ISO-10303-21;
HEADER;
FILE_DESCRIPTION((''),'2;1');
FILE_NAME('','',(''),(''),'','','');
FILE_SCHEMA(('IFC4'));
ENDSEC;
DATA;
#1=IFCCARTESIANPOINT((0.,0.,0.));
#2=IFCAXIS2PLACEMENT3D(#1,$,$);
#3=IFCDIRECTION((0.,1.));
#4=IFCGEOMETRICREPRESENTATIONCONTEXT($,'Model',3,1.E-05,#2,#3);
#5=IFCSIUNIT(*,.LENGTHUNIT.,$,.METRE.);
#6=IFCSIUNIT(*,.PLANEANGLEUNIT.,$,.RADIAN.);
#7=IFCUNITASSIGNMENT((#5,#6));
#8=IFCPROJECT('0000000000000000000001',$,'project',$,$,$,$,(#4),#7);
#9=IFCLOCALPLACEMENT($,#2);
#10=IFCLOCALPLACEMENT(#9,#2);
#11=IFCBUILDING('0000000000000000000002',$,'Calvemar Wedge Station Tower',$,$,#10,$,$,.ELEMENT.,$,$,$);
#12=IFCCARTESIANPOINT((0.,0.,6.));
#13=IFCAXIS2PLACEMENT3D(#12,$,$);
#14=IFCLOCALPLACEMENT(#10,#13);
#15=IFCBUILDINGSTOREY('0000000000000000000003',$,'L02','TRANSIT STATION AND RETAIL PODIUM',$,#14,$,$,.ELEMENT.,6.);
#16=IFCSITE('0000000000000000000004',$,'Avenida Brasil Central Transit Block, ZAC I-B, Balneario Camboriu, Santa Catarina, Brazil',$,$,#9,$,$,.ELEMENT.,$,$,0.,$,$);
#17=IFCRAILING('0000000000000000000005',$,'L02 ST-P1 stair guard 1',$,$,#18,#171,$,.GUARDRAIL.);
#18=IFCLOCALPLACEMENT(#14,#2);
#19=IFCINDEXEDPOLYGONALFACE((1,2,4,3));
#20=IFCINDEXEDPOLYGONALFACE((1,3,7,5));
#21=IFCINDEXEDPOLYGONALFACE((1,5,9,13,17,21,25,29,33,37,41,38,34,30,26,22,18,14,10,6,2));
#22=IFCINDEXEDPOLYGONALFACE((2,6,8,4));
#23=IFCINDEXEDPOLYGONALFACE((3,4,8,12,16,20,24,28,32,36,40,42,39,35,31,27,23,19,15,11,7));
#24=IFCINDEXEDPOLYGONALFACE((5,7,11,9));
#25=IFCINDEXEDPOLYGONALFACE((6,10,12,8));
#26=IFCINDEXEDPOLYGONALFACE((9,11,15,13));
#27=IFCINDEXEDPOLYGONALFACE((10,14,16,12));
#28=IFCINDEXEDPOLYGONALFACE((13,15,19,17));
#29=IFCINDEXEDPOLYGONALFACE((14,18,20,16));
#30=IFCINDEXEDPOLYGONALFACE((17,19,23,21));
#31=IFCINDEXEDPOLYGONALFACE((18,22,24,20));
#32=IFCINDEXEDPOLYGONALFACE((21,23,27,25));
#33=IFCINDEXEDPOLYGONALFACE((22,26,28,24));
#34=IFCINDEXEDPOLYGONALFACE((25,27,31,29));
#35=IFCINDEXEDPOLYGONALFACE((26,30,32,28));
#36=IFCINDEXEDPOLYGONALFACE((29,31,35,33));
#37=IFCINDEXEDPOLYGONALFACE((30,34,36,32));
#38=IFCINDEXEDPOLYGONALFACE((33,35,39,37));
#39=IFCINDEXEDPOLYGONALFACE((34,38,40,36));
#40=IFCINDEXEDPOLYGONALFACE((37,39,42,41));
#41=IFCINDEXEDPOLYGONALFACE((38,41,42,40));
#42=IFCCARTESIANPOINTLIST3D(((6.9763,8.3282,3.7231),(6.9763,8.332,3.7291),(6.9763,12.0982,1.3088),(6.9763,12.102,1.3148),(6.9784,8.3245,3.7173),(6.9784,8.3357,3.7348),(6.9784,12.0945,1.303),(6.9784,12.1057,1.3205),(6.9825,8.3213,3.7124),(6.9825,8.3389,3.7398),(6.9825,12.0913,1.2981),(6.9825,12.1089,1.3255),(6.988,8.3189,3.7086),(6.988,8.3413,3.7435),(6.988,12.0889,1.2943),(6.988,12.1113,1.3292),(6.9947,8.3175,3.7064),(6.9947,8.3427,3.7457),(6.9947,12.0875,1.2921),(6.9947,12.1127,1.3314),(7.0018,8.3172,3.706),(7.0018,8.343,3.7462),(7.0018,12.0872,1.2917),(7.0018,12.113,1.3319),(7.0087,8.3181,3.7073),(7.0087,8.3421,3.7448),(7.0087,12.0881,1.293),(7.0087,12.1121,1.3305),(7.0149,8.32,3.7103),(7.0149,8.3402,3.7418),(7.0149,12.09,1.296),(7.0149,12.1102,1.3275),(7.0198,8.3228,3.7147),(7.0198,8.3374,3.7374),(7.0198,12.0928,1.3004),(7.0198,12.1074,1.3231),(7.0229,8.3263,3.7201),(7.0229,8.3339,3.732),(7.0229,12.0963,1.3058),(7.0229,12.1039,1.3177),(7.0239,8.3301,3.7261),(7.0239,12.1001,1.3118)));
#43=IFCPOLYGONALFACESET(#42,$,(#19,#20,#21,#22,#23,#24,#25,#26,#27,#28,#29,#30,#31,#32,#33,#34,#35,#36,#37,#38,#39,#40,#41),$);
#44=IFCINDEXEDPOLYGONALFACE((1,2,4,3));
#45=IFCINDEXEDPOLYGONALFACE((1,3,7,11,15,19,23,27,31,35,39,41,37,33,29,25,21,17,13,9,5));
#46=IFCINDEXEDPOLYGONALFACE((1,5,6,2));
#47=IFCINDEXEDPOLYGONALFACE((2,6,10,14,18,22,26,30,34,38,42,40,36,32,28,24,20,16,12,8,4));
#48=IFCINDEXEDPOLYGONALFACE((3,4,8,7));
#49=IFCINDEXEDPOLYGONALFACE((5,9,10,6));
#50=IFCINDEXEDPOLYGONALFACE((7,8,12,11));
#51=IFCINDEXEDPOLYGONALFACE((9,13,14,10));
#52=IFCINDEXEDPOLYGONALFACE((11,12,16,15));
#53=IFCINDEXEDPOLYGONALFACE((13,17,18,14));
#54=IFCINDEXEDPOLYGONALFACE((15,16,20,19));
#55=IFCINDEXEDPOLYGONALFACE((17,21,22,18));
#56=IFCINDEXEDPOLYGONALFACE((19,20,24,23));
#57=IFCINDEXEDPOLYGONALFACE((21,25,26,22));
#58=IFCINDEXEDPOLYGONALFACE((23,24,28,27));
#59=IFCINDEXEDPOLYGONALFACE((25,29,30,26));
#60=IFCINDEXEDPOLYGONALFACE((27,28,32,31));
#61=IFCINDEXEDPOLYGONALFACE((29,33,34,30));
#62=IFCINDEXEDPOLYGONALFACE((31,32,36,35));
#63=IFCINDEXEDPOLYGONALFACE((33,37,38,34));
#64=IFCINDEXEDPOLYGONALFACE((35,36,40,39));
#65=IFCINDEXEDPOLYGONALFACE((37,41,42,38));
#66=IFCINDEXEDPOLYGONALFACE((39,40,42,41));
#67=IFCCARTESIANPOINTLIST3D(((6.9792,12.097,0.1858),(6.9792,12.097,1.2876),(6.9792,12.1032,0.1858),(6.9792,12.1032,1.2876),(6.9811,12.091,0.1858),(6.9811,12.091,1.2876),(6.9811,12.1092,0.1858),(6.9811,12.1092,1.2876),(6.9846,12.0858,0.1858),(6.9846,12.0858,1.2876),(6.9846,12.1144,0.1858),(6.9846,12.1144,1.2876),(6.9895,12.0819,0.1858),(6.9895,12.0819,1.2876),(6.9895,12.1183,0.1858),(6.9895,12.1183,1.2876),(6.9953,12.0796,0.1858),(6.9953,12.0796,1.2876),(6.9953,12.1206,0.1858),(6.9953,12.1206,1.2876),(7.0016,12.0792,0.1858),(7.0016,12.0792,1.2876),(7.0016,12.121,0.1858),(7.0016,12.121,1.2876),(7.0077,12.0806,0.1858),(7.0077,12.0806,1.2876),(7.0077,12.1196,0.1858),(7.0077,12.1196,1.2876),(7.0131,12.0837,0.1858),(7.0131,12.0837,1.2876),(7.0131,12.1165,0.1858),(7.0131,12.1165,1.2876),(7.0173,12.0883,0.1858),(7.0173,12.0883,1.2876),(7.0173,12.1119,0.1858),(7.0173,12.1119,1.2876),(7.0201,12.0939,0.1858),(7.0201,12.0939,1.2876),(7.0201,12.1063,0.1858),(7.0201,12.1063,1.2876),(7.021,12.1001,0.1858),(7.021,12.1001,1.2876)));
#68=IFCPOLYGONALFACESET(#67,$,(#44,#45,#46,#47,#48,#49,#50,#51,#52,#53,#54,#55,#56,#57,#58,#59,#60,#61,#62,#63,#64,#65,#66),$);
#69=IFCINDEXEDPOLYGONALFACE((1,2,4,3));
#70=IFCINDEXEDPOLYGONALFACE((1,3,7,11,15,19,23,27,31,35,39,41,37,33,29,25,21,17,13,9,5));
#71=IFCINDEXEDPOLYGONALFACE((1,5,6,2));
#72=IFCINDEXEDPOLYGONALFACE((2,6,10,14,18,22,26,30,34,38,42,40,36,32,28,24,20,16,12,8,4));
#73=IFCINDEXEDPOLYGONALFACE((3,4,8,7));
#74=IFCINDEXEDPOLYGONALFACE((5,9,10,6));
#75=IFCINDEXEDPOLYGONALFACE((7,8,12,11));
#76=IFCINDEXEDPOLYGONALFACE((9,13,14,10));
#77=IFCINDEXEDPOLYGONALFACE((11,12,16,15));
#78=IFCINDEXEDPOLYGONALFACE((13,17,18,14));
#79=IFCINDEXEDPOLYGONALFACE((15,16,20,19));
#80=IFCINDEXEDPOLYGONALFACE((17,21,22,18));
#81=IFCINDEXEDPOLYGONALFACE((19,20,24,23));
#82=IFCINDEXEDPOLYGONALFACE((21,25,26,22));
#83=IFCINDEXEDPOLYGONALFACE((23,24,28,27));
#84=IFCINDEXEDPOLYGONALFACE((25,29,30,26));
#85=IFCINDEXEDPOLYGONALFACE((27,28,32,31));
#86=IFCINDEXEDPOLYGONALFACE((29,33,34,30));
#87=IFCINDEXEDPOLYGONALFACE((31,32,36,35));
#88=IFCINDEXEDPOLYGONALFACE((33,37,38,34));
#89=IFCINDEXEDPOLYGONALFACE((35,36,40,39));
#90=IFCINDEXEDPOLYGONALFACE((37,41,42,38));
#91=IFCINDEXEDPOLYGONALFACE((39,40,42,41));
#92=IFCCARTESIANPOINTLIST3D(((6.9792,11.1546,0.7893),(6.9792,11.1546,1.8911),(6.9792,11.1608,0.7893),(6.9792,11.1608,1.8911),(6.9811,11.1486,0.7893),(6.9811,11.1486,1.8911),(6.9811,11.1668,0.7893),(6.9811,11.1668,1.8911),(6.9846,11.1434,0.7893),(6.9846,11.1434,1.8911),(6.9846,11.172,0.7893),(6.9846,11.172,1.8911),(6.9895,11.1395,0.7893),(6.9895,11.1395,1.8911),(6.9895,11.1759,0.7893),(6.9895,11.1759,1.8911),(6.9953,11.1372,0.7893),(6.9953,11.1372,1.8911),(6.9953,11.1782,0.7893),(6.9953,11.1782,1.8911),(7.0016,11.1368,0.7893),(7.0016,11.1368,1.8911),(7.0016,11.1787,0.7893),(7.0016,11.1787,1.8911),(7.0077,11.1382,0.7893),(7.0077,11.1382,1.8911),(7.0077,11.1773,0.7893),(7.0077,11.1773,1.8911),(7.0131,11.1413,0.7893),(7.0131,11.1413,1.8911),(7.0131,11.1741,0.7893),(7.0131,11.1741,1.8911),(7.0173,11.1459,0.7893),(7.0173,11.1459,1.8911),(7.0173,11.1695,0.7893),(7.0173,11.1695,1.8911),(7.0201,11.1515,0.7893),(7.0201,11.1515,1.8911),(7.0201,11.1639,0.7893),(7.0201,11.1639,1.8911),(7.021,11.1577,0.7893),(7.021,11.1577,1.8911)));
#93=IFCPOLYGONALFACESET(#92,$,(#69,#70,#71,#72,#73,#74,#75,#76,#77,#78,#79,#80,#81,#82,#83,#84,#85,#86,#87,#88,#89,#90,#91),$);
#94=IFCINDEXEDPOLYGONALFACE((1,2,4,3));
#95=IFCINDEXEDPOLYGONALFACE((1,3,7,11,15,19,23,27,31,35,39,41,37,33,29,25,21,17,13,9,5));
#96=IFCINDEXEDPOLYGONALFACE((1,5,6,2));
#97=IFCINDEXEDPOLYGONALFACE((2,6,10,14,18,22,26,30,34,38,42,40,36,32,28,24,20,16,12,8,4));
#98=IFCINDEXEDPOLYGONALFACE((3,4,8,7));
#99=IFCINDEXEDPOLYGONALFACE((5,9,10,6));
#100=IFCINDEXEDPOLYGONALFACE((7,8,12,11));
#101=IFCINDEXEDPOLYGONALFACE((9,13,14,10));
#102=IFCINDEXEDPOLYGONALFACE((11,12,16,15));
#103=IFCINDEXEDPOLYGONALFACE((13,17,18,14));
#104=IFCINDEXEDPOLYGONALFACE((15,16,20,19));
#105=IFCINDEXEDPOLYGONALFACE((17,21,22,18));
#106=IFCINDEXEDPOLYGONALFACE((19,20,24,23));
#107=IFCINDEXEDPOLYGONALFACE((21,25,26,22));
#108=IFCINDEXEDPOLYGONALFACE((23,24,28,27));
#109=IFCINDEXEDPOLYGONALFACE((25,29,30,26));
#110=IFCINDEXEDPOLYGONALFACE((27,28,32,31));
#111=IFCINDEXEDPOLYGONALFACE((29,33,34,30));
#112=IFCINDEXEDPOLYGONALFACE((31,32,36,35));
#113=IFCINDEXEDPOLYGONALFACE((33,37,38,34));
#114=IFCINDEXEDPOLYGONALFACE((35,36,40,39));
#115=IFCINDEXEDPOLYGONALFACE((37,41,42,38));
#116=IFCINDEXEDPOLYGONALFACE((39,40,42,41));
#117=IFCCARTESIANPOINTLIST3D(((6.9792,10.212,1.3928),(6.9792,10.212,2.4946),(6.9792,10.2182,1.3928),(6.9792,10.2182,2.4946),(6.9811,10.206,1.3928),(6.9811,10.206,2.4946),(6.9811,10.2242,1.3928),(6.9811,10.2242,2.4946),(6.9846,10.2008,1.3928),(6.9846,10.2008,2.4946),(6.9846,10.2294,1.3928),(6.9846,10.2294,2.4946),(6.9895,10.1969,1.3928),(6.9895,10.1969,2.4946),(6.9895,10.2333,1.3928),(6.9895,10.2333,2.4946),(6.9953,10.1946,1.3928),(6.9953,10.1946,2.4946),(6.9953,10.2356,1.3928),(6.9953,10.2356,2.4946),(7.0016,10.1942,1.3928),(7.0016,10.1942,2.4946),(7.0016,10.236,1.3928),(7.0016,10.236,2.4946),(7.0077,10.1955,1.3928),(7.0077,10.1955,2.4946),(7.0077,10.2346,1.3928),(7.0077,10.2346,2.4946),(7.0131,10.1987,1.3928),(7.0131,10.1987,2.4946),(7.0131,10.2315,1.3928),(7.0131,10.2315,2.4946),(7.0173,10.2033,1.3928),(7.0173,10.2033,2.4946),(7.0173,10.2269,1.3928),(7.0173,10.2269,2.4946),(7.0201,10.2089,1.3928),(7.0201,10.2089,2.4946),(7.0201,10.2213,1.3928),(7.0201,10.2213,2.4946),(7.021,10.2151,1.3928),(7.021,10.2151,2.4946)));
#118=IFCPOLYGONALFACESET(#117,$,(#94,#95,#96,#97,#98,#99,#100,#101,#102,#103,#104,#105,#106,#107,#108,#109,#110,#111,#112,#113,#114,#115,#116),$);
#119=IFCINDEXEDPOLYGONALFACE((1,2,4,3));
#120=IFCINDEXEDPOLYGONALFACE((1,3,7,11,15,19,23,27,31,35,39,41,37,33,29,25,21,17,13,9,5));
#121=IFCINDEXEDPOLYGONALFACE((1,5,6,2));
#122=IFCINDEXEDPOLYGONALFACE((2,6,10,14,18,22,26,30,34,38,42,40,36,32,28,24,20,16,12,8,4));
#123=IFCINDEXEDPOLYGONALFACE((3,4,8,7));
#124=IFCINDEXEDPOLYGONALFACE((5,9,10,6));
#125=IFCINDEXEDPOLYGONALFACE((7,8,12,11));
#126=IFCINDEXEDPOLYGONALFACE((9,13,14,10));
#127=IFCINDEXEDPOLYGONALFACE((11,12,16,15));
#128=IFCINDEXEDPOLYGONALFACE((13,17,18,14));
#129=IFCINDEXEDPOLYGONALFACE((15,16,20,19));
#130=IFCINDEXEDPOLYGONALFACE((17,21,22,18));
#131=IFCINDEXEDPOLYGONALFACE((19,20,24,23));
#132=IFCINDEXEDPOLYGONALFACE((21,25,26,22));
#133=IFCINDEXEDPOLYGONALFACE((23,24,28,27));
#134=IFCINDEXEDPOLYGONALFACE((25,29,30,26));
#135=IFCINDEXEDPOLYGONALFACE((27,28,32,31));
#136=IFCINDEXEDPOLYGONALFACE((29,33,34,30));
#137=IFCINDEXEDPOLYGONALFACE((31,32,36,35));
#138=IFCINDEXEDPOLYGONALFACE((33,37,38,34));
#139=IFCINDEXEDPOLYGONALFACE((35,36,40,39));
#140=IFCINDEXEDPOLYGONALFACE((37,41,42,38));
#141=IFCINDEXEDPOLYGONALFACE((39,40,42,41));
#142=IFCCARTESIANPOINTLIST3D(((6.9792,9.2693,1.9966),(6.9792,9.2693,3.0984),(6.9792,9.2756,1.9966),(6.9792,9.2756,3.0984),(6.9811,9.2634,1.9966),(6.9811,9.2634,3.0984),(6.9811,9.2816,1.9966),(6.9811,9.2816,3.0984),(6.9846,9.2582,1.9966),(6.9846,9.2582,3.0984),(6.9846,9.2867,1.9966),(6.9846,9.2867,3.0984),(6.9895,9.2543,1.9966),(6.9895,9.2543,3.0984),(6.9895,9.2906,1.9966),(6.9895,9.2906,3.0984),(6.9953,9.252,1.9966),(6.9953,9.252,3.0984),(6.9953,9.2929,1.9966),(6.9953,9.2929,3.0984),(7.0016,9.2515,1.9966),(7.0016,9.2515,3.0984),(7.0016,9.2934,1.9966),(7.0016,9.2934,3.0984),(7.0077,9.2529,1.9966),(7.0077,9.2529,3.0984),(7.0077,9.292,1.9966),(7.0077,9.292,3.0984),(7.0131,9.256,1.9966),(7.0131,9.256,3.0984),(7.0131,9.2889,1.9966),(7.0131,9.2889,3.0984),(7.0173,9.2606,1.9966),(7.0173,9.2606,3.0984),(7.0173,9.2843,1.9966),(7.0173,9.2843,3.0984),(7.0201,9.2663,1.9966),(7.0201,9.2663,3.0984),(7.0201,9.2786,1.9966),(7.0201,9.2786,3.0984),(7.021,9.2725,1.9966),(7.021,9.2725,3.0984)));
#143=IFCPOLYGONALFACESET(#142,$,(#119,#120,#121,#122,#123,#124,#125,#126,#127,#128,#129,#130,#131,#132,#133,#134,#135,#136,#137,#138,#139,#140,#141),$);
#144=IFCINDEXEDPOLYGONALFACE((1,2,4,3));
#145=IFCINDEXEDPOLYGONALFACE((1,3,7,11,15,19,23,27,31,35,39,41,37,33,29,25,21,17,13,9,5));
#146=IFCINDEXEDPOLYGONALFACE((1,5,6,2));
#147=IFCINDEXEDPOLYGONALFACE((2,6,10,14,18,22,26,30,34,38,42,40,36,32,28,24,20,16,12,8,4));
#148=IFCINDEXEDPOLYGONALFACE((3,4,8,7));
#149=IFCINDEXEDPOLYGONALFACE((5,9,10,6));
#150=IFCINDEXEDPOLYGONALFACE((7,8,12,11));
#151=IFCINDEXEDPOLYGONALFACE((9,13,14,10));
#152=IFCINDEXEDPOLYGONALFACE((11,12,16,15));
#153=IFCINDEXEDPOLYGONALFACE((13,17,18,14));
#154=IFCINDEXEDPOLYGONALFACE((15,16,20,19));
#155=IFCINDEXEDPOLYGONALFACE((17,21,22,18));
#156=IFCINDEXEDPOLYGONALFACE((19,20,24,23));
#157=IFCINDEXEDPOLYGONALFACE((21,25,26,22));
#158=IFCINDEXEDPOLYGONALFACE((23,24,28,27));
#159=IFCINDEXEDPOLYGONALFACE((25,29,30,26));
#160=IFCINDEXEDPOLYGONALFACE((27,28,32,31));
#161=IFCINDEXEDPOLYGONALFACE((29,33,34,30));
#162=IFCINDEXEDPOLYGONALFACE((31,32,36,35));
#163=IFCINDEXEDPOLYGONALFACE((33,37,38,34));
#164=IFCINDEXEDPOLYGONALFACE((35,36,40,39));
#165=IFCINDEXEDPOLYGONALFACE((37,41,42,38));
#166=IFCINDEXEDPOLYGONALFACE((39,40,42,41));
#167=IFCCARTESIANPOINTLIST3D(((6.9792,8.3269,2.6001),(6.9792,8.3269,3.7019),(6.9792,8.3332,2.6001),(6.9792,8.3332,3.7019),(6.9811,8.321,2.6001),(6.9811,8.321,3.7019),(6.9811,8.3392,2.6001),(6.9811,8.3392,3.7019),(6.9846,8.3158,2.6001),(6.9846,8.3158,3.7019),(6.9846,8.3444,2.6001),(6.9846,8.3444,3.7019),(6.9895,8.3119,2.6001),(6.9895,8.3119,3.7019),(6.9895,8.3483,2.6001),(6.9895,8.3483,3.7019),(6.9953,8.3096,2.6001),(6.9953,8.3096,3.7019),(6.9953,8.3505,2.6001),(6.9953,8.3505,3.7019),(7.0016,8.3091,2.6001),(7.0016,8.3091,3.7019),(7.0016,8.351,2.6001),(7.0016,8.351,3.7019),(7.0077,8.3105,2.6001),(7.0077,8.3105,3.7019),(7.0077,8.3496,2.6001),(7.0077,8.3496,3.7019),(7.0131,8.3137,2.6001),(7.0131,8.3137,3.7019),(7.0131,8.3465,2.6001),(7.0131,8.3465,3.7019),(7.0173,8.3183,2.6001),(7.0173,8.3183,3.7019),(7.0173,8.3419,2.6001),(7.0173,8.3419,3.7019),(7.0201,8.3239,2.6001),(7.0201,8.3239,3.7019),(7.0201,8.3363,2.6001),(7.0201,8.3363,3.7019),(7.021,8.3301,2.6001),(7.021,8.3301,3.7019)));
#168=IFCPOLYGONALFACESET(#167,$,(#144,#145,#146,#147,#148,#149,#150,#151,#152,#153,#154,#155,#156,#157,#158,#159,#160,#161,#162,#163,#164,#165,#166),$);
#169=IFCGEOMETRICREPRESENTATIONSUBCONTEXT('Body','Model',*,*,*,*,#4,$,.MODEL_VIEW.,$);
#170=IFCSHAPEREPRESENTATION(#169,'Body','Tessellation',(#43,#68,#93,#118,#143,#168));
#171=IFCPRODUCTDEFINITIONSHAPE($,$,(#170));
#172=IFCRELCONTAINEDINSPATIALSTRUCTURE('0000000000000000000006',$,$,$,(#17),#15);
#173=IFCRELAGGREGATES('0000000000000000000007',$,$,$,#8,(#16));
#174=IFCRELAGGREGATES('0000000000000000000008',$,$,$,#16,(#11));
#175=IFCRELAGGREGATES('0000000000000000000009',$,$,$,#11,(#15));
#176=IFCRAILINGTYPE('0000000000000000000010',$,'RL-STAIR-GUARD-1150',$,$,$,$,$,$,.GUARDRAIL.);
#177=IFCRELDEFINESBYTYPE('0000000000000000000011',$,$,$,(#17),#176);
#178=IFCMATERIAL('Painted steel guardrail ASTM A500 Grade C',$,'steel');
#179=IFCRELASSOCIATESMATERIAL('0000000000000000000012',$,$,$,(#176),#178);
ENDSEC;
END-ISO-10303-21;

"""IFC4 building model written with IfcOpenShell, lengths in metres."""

from ifc_helpers import new_model, si_unit, direction, frame, origin, origin_2d, place, context, subcontext, project, spatial, circle, extrude, material, type_object, element, save


model = new_model("IFC4")

# Units and contexts
model_context = context("Model", 3, precision=1e-05, world=origin(), true_north=direction((0.0, 1.0)))
body_context = subcontext(model_context, "Body", "Model", "MODEL_VIEW")
ifc_project = project(units=[si_unit("LENGTHUNIT", "METRE"), si_unit("PLANEANGLEUNIT", "RADIAN")], contexts=[model_context])

# Site, building, storey
site_placement = place(None, origin())
site = spatial("IfcSite", under=ifc_project, at=site_placement, Name="Avenida Brasil Central Transit Block, ZAC I-B, Balneario Camboriu, Santa Catarina, Brazil", CompositionType="ELEMENT", RefElevation=0.0)
building_placement = place(site_placement, origin())
building = spatial("IfcBuilding", under=site, at=building_placement, Name="Calvemar Wedge Station Tower", CompositionType="ELEMENT")
storey_placement = place(building_placement, frame((0.0, 0.0, 6.0)))
storey = spatial("IfcBuildingStorey", under=building, at=storey_placement, Name="L02", Description="TRANSIT STATION AND RETAIL PODIUM", CompositionType="ELEMENT", Elevation=6.0)

# Railing
ifc_material_1 = material(Name="Painted steel guardrail ASTM A500 Grade C", Category="steel")
railing_type_1 = type_object("IfcRailingType", Name="RL-STAIR-GUARD-1150", PredefinedType="GUARDRAIL", material=ifc_material_1)
railing_1_placement = place(storey_placement, frame((7.0, 12.1001, 0.1858)))
element("IfcRailing", 1, at=railing_1_placement, inside=storey, type_object=railing_type_1, Name="L02 ST-P1 stair guard 1", PredefinedType="GUARDRAIL", context=body_context, shape_type="SweptSolid", body=[
    extrude(circle(Radius=0.0239, at=origin_2d()), frame((0.0, 0.0, 1.126), z_axis=(0.0, -0.84212, 0.53929), x_axis=(1.0, 0.0, 0.0)), (0.0, 0.0, 1.0), 4.4768),
    extrude(circle(Radius=0.021, at=origin_2d()), origin(), (0.0, 0.0, 1.0), 1.1018),
    extrude(circle(Radius=0.021, at=origin_2d()), frame((0.0, -0.9424, 0.6035)), (0.0, 0.0, 1.0), 1.1018),
    extrude(circle(Radius=0.021, at=origin_2d()), frame((0.0, -1.885, 1.207)), (0.0, 0.0, 1.0), 1.1018),
    extrude(circle(Radius=0.021, at=origin_2d()), frame((0.0, -2.8276, 1.8108)), (0.0, 0.0, 1.0), 1.1018),
    extrude(circle(Radius=0.021, at=origin_2d()), frame((0.0, -3.77, 2.4143)), (0.0, 0.0, 1.0), 1.1018),
])

save(model, "model.ifc")
